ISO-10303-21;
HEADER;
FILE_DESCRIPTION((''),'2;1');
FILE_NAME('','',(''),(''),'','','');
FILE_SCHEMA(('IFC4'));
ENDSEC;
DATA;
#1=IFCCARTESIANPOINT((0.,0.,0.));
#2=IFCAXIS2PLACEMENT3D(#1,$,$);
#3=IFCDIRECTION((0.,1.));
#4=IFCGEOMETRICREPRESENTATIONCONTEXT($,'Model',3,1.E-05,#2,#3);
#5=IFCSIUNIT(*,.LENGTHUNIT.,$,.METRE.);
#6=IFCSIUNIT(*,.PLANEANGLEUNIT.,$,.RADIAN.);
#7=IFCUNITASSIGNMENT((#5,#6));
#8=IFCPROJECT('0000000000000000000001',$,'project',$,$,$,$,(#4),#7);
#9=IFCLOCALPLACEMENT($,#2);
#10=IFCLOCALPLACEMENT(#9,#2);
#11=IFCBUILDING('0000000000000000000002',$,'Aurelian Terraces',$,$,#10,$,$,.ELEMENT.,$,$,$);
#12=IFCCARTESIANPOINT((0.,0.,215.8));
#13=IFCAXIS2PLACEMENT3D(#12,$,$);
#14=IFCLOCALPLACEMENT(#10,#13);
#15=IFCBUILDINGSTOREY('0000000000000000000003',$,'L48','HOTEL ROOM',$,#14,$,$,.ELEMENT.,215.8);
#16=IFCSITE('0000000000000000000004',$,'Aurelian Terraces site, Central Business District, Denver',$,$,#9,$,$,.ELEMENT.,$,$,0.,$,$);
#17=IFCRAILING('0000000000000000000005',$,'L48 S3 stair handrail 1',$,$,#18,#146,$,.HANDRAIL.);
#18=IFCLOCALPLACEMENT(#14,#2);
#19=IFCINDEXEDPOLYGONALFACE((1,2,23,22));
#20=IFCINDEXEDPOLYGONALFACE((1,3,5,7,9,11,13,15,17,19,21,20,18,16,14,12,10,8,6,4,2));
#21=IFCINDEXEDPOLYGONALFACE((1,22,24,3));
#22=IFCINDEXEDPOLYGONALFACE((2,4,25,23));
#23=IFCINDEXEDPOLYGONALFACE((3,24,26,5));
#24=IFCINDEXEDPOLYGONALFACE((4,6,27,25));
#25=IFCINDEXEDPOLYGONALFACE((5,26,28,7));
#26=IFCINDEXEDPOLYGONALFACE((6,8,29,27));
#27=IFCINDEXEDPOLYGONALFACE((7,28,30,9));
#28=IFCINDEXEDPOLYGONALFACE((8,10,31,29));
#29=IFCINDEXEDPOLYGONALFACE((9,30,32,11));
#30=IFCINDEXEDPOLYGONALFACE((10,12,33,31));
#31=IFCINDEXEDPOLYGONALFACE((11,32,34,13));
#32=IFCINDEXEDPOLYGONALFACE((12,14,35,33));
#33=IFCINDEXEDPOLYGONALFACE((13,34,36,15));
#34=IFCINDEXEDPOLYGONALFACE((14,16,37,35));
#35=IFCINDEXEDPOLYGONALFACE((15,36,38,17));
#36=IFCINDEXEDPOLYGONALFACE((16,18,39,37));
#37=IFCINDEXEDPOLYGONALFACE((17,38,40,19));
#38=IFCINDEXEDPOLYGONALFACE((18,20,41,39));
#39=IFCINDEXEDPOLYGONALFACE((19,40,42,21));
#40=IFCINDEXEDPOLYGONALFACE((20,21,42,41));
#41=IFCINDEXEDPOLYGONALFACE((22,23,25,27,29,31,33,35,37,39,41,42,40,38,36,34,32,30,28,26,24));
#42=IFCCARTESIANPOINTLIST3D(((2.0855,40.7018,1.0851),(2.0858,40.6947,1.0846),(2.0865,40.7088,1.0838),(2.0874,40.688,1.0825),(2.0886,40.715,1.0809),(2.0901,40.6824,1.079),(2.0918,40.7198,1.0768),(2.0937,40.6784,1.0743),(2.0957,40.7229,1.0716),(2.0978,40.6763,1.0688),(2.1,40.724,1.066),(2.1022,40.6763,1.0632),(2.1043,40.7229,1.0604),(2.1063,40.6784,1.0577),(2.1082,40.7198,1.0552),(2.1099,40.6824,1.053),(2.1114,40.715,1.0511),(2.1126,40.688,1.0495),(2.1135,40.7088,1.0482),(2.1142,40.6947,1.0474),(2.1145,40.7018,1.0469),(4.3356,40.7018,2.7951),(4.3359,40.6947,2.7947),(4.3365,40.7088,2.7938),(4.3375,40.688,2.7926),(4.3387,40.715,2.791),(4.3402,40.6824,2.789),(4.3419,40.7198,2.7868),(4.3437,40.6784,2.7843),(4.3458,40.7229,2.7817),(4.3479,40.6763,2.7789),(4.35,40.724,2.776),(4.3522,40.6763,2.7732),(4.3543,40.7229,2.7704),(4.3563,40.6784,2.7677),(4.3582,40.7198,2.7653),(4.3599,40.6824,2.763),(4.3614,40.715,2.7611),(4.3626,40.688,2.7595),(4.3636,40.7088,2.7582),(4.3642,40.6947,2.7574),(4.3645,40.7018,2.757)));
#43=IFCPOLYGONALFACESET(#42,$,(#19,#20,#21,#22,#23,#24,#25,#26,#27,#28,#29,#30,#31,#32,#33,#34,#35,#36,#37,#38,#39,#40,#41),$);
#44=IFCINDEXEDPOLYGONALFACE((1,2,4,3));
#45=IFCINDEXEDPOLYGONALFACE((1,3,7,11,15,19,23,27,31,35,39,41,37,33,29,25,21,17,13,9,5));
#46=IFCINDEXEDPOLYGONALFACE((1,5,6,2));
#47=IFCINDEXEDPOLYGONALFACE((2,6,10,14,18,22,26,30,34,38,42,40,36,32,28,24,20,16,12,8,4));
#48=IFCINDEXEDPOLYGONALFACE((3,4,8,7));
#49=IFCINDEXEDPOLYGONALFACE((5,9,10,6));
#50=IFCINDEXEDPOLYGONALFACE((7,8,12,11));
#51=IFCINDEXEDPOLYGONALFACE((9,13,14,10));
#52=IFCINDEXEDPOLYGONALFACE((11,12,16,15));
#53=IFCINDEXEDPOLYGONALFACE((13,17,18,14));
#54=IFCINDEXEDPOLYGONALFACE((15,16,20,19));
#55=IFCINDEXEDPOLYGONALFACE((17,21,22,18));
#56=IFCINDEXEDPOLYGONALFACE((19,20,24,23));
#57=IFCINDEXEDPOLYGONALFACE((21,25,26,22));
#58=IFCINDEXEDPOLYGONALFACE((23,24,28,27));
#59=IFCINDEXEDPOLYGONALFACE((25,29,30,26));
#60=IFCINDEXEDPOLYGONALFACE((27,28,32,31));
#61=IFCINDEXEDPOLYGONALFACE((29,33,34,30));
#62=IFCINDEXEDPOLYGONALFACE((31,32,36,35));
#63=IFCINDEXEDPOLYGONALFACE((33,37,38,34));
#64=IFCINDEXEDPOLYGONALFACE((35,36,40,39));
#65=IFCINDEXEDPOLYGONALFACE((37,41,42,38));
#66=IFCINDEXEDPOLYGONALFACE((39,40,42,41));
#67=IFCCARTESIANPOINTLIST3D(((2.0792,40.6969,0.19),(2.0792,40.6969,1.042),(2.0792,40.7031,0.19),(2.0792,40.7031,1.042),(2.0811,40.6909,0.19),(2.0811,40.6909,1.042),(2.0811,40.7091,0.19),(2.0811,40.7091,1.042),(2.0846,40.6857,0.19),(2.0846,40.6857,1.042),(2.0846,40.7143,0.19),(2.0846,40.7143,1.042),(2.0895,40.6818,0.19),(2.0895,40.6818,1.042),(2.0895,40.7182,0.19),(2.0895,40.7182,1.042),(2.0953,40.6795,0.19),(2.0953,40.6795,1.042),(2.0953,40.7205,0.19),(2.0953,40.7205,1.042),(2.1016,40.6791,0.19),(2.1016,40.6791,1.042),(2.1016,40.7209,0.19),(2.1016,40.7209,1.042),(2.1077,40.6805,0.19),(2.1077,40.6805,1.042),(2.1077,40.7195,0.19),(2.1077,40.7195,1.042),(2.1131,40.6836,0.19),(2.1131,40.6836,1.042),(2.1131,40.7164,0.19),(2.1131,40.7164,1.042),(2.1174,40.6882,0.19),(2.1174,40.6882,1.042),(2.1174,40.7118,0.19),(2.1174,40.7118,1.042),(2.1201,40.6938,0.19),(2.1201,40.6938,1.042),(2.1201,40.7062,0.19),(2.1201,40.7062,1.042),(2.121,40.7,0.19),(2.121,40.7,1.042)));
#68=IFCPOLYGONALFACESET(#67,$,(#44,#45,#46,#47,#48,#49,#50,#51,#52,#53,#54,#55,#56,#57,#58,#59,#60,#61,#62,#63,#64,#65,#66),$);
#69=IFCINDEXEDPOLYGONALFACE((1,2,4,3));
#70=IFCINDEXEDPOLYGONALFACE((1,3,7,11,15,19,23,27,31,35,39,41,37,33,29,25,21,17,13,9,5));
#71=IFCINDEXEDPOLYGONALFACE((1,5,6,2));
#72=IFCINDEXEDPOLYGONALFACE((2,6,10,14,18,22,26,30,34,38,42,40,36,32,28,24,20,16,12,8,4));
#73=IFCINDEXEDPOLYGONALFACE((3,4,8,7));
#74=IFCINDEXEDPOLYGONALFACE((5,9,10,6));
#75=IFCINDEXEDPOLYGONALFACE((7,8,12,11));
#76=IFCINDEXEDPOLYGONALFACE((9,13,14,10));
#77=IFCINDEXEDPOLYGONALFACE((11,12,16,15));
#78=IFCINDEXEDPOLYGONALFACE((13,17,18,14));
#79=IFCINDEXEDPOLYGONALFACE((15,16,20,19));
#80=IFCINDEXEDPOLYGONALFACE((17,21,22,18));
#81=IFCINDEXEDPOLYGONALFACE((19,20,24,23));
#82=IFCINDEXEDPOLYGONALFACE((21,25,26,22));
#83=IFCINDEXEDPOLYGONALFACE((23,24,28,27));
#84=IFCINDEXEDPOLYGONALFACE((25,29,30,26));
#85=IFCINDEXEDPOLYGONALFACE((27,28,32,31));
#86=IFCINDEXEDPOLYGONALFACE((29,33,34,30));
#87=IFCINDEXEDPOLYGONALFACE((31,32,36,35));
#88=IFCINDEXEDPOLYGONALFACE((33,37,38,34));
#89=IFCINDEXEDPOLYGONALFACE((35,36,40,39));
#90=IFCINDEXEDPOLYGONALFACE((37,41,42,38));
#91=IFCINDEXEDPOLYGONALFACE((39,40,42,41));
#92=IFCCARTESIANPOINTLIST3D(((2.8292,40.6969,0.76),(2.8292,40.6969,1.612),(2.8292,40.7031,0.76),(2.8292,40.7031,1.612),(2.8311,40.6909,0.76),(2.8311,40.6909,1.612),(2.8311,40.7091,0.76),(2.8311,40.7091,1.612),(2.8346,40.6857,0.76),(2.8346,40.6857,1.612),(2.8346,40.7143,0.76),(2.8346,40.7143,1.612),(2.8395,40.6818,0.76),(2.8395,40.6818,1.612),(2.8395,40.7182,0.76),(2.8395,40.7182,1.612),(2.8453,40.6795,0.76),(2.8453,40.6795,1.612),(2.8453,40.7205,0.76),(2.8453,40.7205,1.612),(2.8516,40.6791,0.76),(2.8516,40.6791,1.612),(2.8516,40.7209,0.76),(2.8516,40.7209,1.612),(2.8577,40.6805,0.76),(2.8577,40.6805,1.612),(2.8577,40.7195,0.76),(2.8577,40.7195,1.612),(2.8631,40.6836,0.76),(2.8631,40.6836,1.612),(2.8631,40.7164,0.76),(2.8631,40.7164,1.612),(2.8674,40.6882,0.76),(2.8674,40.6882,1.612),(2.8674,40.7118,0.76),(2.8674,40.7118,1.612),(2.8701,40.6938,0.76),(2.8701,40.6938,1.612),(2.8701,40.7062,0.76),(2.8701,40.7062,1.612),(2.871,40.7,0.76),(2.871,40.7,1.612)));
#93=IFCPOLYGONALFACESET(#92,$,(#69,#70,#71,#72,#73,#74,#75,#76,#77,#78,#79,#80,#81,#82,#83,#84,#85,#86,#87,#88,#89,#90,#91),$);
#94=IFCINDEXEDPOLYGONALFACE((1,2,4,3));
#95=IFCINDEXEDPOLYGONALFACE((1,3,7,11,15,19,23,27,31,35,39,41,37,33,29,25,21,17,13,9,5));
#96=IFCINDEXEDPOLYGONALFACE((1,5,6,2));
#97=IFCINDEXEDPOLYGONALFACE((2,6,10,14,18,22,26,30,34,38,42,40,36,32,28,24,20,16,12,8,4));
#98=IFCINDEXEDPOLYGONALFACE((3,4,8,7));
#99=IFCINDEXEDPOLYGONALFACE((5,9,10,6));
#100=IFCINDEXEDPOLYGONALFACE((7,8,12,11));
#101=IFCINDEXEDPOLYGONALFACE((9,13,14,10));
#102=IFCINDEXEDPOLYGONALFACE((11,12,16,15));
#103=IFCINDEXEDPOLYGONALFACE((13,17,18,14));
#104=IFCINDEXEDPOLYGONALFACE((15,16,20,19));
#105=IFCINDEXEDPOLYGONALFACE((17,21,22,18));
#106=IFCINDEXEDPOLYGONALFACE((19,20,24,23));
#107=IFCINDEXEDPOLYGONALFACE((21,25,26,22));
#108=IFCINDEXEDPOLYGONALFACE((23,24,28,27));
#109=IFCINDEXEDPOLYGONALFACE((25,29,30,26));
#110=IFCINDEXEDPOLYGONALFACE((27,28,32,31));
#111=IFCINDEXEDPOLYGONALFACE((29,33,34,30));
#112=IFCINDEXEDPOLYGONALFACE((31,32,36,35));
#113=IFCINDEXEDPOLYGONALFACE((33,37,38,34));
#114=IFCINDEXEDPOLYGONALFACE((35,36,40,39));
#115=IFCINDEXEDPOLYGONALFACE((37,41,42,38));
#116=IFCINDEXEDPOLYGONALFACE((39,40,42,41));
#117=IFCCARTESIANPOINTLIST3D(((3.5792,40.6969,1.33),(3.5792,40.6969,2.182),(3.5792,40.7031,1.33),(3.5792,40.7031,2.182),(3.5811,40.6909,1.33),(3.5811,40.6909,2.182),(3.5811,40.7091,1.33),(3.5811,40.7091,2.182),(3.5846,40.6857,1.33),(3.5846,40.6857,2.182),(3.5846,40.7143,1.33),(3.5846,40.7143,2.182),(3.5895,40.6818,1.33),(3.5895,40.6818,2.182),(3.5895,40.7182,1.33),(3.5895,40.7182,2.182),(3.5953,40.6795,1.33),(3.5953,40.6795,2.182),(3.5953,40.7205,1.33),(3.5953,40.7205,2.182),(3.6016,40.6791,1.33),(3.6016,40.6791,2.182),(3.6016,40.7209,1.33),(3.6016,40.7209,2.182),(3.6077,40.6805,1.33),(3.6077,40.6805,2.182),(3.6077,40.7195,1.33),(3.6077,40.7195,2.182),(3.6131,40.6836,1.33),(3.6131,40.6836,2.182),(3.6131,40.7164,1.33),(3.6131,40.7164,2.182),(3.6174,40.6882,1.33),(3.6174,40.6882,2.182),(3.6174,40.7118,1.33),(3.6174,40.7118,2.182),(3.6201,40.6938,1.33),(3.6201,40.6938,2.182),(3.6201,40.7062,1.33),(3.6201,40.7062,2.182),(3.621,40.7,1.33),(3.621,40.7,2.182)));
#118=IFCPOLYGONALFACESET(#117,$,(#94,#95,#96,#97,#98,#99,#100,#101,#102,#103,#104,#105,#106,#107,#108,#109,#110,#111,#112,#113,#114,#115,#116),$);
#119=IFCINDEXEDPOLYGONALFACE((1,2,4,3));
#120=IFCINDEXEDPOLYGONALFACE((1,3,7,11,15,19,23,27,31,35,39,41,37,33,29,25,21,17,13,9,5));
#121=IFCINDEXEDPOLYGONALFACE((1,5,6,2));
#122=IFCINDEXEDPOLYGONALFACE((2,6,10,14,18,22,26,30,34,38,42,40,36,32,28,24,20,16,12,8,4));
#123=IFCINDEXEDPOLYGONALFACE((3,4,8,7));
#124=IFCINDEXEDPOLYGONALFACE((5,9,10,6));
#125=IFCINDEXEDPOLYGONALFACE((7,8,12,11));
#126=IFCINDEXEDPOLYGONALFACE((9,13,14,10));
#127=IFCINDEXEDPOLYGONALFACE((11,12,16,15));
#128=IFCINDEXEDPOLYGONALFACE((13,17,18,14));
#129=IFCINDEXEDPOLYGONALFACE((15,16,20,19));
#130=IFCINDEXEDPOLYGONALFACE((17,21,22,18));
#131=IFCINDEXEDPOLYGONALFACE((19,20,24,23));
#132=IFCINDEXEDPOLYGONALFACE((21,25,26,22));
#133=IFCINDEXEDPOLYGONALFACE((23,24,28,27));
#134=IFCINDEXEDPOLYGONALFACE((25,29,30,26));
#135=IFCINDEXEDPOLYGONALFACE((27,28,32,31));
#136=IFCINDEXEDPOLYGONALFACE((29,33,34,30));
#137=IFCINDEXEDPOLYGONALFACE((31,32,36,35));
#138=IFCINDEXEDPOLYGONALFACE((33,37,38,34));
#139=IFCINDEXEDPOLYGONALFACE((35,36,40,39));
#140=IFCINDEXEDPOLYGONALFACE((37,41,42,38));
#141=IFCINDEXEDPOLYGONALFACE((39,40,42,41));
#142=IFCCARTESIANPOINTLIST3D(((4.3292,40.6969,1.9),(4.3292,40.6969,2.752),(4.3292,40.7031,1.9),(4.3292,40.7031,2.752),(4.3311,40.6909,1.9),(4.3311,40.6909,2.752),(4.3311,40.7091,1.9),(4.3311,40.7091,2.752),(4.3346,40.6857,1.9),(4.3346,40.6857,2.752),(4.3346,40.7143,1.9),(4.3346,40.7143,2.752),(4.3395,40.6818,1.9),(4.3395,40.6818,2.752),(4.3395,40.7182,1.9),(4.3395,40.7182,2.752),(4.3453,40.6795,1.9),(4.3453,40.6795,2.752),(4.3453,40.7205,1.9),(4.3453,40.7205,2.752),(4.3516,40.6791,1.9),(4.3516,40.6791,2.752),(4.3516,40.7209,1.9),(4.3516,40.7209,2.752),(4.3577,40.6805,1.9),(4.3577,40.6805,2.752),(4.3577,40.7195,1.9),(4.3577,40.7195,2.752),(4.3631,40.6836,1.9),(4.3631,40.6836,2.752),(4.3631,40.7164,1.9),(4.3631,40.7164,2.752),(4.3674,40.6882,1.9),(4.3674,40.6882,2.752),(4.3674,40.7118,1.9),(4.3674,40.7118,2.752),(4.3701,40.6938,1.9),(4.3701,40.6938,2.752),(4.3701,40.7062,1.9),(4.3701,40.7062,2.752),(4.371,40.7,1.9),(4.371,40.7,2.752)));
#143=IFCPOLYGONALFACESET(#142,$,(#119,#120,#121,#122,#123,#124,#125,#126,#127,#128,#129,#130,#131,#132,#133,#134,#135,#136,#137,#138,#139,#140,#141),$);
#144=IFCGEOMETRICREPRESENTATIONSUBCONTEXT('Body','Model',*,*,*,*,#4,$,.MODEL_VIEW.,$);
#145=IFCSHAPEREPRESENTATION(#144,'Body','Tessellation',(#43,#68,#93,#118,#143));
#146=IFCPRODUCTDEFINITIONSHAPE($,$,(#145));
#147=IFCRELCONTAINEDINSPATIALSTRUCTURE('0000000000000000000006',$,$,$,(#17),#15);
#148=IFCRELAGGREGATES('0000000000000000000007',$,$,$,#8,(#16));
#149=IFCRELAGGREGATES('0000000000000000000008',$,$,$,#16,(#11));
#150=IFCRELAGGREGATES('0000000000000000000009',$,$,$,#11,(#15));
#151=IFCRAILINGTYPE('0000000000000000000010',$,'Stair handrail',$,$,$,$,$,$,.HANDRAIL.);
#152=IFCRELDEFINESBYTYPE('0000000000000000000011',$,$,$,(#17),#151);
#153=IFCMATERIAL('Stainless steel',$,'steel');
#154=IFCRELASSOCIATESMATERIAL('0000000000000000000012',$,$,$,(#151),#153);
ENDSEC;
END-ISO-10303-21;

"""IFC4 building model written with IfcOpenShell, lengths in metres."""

from ifc_helpers import new_model, si_unit, direction, frame, origin, origin_2d, place, context, subcontext, project, spatial, circle, extrude, source, transform, mapped, material, type_object, element, save


model = new_model("IFC4")

# Units and contexts
model_context = context("Model", 3, precision=1e-05, world=origin(), true_north=direction((0.0, 1.0)))
body_context = subcontext(model_context, "Body", "Model", "MODEL_VIEW")
ifc_project = project(units=[si_unit("LENGTHUNIT", "METRE"), si_unit("PLANEANGLEUNIT", "RADIAN")], contexts=[model_context])

# Site, building, storey
site_placement = place(None, origin())
site = spatial("IfcSite", under=ifc_project, at=site_placement, Name="Aurelian Terraces site, Central Business District, Denver", CompositionType="ELEMENT", RefElevation=0.0)
building_placement = place(site_placement, origin())
building = spatial("IfcBuilding", under=site, at=building_placement, Name="Aurelian Terraces", CompositionType="ELEMENT")
storey_placement = place(building_placement, frame((0.0, 0.0, 215.8)))
storey = spatial("IfcBuildingStorey", under=building, at=storey_placement, Name="L48", Description="HOTEL ROOM", CompositionType="ELEMENT", Elevation=215.8)

# Railing
ifc_material_1 = material(Name="Stainless steel", Category="steel")
railing_type_1 = type_object("IfcRailingType", Name="Stair handrail", PredefinedType="HANDRAIL", material=ifc_material_1)
shared_shape_1 = source(origin(), body_context, "Body", "SweptSolid", [
    extrude(circle(Radius=0.024, at=origin_2d()), frame((0.0, 0.0, 0.876), z_axis=(0.796162, 0.0, 0.605083), x_axis=(0.0, 1.0, 0.0)), (0.0, 0.0, 1.0), 2.8261),
    extrude(circle(Radius=0.021, at=origin_2d()), origin(), (0.0, 0.0, 1.0), 0.852),
    extrude(circle(Radius=0.021, at=origin_2d()), frame((0.75, 0.0, 0.57)), (0.0, 0.0, 1.0), 0.852),
    extrude(circle(Radius=0.021, at=origin_2d()), frame((1.5, 0.0, 1.14)), (0.0, 0.0, 1.0), 0.852),
    extrude(circle(Radius=0.021, at=origin_2d()), frame((2.25, 0.0, 1.71)), (0.0, 0.0, 1.0), 0.852),
])
railing_1_placement = place(storey_placement, frame((2.1, 40.7, 0.19)))
element("IfcRailing", 1, at=railing_1_placement, inside=storey, type_object=railing_type_1, Name="L48 S3 stair handrail 1", PredefinedType="HANDRAIL", context=body_context, shape_type="MappedRepresentation", body=[
    mapped(shared_shape_1, transform((0.0, 0.0, 0.0), scale=1.0)),
])

save(model, "model.ifc")
